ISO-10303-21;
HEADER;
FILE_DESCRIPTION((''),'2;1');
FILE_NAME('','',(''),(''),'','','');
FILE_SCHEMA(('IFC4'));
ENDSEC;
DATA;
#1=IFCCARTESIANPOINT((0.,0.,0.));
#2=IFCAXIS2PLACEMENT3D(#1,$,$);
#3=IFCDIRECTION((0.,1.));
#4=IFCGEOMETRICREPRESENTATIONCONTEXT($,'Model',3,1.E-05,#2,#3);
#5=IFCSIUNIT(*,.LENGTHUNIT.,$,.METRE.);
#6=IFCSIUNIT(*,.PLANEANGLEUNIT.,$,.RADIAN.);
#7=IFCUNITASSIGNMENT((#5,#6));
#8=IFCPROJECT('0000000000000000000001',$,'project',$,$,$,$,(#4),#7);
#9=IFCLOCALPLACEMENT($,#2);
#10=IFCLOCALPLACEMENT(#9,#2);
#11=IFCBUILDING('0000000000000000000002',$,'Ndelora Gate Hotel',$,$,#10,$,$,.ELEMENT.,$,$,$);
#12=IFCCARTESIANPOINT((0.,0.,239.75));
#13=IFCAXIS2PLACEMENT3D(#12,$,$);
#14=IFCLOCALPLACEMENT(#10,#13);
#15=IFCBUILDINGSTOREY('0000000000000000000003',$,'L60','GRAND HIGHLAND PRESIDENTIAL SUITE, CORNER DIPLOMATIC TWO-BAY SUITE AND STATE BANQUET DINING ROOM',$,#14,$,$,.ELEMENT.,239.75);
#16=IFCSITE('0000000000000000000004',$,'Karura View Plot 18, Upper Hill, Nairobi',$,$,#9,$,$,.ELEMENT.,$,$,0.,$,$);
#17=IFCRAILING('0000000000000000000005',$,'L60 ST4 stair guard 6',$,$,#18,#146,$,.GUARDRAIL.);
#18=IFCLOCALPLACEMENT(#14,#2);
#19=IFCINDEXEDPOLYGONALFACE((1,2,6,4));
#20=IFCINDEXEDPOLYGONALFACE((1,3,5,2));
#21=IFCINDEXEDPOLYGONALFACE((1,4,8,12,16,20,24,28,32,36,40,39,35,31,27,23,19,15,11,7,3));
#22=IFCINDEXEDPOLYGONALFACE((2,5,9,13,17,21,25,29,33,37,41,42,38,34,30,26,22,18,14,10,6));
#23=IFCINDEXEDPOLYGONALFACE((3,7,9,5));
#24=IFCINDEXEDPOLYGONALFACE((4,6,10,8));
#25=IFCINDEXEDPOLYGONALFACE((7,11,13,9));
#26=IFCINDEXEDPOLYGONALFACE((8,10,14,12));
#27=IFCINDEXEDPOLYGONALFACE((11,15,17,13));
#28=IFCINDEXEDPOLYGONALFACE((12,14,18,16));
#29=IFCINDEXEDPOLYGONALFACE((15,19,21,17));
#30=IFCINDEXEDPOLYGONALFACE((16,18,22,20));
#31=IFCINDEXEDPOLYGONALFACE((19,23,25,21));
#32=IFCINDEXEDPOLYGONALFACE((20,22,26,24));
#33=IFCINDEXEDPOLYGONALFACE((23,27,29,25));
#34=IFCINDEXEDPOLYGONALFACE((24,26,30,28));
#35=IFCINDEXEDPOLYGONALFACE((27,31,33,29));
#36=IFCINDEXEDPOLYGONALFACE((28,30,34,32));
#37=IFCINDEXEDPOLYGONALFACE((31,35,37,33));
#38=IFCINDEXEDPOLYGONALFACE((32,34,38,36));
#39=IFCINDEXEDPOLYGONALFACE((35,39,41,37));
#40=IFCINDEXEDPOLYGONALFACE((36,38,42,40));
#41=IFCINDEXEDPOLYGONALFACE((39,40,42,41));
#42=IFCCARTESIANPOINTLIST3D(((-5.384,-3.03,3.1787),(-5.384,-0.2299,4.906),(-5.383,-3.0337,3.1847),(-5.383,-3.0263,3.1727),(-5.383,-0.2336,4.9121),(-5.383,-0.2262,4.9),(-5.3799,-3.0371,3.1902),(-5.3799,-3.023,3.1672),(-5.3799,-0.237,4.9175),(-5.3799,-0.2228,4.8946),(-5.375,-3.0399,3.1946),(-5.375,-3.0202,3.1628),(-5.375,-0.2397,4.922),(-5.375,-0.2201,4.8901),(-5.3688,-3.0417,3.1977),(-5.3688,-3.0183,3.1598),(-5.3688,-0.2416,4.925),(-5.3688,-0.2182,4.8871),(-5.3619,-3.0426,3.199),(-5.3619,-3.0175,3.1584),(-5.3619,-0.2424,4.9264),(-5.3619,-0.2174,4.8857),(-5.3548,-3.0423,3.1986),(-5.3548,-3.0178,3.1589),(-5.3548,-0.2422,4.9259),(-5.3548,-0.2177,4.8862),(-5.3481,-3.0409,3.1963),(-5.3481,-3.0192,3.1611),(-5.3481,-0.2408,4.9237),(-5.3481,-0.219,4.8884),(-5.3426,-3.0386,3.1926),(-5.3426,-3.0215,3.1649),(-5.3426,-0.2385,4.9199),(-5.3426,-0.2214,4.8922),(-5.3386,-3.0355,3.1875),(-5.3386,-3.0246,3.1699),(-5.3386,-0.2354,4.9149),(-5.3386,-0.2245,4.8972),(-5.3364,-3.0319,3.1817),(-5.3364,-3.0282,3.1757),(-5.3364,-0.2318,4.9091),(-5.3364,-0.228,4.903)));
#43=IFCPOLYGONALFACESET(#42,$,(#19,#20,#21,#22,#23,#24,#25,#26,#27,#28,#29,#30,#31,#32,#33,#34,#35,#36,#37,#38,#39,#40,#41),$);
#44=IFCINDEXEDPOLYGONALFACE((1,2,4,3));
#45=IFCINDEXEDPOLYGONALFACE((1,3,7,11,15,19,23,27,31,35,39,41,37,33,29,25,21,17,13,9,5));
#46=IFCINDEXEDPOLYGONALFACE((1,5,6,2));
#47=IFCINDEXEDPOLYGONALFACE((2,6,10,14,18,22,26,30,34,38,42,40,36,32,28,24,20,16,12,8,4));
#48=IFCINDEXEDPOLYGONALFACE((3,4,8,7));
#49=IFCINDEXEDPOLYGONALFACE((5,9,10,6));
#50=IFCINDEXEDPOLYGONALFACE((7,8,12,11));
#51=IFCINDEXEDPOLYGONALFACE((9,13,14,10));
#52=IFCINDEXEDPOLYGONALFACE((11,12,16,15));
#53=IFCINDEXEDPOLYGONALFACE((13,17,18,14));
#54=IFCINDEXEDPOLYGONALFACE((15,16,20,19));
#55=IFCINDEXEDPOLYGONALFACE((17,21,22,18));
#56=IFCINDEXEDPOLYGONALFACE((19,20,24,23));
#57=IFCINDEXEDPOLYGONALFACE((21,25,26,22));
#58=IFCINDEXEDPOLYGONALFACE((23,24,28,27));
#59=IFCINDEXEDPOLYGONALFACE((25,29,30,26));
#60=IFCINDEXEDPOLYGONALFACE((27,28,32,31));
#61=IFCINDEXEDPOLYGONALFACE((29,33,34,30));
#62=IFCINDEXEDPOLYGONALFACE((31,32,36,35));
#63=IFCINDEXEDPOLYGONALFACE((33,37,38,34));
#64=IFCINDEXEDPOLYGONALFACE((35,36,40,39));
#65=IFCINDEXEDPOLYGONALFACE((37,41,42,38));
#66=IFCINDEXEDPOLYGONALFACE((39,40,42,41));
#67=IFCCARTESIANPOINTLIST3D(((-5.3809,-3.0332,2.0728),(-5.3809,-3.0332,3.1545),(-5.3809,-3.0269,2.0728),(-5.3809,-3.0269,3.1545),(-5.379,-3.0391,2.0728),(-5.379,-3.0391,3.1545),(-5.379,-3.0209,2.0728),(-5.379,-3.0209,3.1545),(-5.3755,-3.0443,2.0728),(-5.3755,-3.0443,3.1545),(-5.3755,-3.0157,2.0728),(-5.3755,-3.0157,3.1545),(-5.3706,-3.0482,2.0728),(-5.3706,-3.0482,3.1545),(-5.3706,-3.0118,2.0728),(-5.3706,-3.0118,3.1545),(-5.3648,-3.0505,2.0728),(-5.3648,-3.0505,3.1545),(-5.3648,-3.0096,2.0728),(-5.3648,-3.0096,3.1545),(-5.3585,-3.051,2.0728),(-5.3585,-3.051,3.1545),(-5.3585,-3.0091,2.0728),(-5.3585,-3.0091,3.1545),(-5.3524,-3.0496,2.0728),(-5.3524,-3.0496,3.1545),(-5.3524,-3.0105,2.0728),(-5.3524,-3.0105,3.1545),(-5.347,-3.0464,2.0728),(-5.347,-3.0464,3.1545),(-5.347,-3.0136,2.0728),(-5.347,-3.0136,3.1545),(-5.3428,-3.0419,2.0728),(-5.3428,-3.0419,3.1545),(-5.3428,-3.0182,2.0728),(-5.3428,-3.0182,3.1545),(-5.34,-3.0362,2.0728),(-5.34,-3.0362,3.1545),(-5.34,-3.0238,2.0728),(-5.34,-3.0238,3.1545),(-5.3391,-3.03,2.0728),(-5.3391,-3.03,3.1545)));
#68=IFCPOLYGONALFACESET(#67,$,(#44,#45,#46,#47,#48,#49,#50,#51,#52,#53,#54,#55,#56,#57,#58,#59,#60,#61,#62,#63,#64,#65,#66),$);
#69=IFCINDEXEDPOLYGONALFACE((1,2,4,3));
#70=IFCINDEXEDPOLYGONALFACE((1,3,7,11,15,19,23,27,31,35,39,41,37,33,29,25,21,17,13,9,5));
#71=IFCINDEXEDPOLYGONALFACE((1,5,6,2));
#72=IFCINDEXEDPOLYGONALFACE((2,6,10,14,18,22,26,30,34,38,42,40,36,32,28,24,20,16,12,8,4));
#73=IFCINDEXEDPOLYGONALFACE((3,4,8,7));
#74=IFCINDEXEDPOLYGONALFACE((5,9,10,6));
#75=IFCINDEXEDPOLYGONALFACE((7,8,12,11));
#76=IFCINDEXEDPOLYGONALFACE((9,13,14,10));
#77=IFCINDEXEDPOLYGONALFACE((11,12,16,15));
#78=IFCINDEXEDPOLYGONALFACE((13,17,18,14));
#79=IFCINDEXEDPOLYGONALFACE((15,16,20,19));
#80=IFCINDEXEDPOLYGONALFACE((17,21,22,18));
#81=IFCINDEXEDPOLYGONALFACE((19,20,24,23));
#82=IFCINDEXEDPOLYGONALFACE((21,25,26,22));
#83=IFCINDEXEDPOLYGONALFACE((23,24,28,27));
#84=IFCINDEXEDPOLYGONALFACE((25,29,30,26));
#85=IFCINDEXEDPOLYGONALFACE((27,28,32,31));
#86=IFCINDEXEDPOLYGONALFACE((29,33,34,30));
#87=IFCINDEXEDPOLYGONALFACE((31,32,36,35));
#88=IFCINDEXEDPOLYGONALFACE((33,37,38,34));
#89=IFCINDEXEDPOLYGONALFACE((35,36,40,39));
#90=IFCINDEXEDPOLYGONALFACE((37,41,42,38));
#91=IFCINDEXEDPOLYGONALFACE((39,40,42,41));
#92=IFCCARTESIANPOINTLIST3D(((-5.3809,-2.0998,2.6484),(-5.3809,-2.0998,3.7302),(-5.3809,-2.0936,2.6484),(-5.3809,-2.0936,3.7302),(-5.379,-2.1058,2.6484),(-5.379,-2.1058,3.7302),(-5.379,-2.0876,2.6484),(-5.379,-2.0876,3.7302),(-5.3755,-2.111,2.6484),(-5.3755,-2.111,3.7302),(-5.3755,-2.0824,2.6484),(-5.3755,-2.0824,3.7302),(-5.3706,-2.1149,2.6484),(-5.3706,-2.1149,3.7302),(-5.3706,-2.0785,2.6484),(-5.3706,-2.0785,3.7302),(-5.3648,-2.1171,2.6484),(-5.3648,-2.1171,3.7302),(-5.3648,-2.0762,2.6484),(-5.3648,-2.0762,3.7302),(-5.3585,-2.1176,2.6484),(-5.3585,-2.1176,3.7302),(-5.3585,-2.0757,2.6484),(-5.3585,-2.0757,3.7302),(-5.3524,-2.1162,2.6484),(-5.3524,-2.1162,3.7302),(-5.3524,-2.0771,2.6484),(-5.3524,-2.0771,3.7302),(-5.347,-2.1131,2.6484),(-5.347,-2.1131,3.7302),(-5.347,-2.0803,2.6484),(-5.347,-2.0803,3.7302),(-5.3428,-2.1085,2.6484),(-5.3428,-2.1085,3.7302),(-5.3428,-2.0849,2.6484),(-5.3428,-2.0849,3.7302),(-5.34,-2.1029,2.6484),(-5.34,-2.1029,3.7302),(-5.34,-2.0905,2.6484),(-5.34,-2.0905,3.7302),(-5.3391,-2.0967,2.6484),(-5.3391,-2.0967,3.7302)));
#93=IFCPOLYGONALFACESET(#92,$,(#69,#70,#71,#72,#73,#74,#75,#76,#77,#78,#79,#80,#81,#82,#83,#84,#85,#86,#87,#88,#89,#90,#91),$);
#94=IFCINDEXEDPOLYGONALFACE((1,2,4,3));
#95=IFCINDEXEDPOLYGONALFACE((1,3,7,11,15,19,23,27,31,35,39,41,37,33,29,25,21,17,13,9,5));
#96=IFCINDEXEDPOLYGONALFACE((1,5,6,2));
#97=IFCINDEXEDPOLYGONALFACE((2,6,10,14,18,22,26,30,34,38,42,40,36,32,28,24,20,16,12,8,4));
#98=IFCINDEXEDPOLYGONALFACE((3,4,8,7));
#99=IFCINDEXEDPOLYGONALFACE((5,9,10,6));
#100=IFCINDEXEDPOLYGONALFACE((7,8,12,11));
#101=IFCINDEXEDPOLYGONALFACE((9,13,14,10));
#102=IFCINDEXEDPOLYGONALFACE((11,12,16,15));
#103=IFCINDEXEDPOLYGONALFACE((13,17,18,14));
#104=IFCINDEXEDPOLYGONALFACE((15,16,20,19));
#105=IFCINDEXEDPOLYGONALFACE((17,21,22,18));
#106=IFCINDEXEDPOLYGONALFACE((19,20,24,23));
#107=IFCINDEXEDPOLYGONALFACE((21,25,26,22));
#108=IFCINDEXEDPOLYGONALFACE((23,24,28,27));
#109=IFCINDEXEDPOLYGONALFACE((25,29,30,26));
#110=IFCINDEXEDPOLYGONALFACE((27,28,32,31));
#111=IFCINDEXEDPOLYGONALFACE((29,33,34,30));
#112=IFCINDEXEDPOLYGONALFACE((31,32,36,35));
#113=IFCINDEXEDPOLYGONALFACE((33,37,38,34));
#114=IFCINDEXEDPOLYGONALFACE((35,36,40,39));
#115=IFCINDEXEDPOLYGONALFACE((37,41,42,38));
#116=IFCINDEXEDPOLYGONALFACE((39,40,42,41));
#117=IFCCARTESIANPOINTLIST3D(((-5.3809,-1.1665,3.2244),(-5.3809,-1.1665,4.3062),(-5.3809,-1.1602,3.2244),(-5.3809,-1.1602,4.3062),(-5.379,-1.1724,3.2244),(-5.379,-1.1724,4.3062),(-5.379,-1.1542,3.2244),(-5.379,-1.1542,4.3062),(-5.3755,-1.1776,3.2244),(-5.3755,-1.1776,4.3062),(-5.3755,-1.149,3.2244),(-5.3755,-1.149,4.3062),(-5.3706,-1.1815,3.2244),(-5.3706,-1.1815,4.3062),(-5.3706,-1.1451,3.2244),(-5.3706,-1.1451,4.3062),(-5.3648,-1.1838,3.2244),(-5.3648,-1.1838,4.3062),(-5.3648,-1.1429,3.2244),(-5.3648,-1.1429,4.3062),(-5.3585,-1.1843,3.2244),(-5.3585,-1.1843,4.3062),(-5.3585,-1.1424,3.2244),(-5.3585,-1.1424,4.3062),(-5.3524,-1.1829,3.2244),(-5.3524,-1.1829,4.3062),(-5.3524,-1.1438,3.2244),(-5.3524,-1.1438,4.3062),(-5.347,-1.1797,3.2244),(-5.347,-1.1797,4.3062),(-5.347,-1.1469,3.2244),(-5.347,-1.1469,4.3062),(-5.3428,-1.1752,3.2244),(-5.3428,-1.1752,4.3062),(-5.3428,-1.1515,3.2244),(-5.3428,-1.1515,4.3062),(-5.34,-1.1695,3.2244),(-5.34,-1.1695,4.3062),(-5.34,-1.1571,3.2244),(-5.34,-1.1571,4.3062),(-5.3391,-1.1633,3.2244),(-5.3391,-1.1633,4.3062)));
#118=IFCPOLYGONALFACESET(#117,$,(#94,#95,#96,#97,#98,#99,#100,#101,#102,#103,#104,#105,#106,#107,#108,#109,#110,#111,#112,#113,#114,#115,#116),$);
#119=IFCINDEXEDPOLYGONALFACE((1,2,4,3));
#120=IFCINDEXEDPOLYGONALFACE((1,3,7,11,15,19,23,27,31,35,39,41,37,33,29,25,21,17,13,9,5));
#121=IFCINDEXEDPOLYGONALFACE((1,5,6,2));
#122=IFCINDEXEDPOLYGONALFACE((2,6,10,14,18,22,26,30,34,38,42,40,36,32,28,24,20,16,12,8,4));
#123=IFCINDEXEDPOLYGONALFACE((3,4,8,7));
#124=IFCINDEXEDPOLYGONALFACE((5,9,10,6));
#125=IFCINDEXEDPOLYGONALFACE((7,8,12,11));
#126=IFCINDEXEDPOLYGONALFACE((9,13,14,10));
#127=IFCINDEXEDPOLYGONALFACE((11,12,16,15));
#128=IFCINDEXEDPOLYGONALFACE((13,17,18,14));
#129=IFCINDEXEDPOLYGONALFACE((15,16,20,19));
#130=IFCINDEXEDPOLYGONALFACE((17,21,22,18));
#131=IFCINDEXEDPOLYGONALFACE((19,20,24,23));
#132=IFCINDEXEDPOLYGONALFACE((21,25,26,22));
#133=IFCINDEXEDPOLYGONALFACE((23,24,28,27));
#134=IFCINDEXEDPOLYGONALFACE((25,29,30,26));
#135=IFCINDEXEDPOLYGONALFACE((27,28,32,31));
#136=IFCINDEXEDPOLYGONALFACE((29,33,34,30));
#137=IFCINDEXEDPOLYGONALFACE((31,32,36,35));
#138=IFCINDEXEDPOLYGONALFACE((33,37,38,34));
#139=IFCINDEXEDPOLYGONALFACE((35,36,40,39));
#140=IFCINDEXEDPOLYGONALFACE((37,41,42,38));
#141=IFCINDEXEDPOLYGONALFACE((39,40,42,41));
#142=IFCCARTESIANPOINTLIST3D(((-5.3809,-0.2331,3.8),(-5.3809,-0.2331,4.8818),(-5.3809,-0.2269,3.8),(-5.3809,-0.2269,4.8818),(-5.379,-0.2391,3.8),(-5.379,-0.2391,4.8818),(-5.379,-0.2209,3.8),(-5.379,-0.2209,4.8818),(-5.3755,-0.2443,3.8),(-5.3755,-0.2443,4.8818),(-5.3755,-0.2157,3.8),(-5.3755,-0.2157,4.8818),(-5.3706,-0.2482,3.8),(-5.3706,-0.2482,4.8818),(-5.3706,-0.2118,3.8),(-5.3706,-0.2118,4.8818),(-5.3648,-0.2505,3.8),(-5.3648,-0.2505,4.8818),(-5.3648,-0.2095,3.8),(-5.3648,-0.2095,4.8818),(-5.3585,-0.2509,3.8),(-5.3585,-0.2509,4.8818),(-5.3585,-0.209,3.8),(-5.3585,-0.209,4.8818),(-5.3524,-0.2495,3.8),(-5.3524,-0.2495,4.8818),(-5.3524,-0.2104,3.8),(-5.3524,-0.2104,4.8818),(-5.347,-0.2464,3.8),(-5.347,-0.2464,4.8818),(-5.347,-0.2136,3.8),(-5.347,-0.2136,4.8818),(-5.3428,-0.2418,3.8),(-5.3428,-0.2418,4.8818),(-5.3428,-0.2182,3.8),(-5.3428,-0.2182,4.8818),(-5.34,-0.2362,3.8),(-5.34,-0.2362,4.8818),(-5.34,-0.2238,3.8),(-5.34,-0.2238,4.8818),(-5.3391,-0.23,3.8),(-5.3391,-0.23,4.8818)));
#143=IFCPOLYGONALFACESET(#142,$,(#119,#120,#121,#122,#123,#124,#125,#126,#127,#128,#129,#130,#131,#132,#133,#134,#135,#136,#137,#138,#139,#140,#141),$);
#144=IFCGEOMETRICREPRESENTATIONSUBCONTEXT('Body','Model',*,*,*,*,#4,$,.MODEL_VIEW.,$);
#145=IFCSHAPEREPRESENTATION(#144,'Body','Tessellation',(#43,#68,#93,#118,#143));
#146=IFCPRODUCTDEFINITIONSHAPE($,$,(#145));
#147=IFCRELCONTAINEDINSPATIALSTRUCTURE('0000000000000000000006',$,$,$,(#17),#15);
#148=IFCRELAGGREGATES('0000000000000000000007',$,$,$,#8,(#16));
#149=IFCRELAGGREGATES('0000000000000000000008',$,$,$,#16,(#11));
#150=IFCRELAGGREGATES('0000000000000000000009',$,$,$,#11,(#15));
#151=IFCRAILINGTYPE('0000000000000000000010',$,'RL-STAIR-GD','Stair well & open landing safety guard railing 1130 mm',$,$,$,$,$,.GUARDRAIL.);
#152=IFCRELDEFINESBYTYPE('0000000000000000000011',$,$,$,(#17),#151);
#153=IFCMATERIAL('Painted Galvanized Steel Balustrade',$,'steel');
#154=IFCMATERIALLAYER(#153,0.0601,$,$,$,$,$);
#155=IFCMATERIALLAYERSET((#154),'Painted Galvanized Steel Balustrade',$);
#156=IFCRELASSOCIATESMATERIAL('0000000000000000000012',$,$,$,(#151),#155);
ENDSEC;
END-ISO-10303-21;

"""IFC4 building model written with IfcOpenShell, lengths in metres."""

from ifc_helpers import new_model, si_unit, direction, frame, origin, origin_2d, place, context, subcontext, project, spatial, circle, extrude, material, layer, layer_set, type_object, element, save


model = new_model("IFC4")

# Units and contexts
model_context = context("Model", 3, precision=1e-05, world=origin(), true_north=direction((0.0, 1.0)))
body_context = subcontext(model_context, "Body", "Model", "MODEL_VIEW")
ifc_project = project(units=[si_unit("LENGTHUNIT", "METRE"), si_unit("PLANEANGLEUNIT", "RADIAN")], contexts=[model_context])

# Site, building, storey
site_placement = place(None, origin())
site = spatial("IfcSite", under=ifc_project, at=site_placement, Name="Karura View Plot 18, Upper Hill, Nairobi", CompositionType="ELEMENT", RefElevation=0.0)
building_placement = place(site_placement, origin())
building = spatial("IfcBuilding", under=site, at=building_placement, Name="Ndelora Gate Hotel", CompositionType="ELEMENT")
storey_placement = place(building_placement, frame((0.0, 0.0, 239.75)))
storey = spatial("IfcBuildingStorey", under=building, at=storey_placement, Name="L60", Description="GRAND HIGHLAND PRESIDENTIAL SUITE, CORNER DIPLOMATIC TWO-BAY SUITE AND STATE BANQUET DINING ROOM", CompositionType="ELEMENT", Elevation=239.75)

# Railing
ifc_material_1 = material(Name="Painted Galvanized Steel Balustrade", Category="steel")
ifc_layer_1 = layer(ifc_material_1, 0.0601)
ifc_layer_set_1 = layer_set([ifc_layer_1], Name="Painted Galvanized Steel Balustrade")
railing_type_1 = type_object("IfcRailingType", Name="RL-STAIR-GD", Description="Stair well & open landing safety guard railing 1130 mm", PredefinedType="GUARDRAIL", material=ifc_layer_set_1)
railing_1_placement = place(storey_placement, frame((-5.3601, -3.03, 2.0728)))
element("IfcRailing", 1, at=railing_1_placement, inside=storey, type_object=railing_type_1, Name="L60 ST4 stair guard 6", PredefinedType="GUARDRAIL", context=body_context, shape_type="SweptSolid", body=[
    extrude(circle(Radius=0.0239, at=origin_2d()), frame((0.0, 0.0, 1.106), z_axis=(0.0, 0.85109, 0.52502), x_axis=(-1.0, 0.0, 0.0)), (0.0, 0.0, 1.0), 3.29),
    extrude(circle(Radius=0.021, at=origin_2d()), origin(), (0.0, 0.0, 1.0), 1.0818),
    extrude(circle(Radius=0.021, at=origin_2d()), frame((0.0, 0.9333, 0.5757)), (0.0, 0.0, 1.0), 1.0818),
    extrude(circle(Radius=0.021, at=origin_2d()), frame((0.0, 1.8667, 1.1516)), (0.0, 0.0, 1.0), 1.0818),
    extrude(circle(Radius=0.021, at=origin_2d()), frame((0.0, 2.8, 1.7273)), (0.0, 0.0, 1.0), 1.0818),
])

save(model, "model.ifc")
